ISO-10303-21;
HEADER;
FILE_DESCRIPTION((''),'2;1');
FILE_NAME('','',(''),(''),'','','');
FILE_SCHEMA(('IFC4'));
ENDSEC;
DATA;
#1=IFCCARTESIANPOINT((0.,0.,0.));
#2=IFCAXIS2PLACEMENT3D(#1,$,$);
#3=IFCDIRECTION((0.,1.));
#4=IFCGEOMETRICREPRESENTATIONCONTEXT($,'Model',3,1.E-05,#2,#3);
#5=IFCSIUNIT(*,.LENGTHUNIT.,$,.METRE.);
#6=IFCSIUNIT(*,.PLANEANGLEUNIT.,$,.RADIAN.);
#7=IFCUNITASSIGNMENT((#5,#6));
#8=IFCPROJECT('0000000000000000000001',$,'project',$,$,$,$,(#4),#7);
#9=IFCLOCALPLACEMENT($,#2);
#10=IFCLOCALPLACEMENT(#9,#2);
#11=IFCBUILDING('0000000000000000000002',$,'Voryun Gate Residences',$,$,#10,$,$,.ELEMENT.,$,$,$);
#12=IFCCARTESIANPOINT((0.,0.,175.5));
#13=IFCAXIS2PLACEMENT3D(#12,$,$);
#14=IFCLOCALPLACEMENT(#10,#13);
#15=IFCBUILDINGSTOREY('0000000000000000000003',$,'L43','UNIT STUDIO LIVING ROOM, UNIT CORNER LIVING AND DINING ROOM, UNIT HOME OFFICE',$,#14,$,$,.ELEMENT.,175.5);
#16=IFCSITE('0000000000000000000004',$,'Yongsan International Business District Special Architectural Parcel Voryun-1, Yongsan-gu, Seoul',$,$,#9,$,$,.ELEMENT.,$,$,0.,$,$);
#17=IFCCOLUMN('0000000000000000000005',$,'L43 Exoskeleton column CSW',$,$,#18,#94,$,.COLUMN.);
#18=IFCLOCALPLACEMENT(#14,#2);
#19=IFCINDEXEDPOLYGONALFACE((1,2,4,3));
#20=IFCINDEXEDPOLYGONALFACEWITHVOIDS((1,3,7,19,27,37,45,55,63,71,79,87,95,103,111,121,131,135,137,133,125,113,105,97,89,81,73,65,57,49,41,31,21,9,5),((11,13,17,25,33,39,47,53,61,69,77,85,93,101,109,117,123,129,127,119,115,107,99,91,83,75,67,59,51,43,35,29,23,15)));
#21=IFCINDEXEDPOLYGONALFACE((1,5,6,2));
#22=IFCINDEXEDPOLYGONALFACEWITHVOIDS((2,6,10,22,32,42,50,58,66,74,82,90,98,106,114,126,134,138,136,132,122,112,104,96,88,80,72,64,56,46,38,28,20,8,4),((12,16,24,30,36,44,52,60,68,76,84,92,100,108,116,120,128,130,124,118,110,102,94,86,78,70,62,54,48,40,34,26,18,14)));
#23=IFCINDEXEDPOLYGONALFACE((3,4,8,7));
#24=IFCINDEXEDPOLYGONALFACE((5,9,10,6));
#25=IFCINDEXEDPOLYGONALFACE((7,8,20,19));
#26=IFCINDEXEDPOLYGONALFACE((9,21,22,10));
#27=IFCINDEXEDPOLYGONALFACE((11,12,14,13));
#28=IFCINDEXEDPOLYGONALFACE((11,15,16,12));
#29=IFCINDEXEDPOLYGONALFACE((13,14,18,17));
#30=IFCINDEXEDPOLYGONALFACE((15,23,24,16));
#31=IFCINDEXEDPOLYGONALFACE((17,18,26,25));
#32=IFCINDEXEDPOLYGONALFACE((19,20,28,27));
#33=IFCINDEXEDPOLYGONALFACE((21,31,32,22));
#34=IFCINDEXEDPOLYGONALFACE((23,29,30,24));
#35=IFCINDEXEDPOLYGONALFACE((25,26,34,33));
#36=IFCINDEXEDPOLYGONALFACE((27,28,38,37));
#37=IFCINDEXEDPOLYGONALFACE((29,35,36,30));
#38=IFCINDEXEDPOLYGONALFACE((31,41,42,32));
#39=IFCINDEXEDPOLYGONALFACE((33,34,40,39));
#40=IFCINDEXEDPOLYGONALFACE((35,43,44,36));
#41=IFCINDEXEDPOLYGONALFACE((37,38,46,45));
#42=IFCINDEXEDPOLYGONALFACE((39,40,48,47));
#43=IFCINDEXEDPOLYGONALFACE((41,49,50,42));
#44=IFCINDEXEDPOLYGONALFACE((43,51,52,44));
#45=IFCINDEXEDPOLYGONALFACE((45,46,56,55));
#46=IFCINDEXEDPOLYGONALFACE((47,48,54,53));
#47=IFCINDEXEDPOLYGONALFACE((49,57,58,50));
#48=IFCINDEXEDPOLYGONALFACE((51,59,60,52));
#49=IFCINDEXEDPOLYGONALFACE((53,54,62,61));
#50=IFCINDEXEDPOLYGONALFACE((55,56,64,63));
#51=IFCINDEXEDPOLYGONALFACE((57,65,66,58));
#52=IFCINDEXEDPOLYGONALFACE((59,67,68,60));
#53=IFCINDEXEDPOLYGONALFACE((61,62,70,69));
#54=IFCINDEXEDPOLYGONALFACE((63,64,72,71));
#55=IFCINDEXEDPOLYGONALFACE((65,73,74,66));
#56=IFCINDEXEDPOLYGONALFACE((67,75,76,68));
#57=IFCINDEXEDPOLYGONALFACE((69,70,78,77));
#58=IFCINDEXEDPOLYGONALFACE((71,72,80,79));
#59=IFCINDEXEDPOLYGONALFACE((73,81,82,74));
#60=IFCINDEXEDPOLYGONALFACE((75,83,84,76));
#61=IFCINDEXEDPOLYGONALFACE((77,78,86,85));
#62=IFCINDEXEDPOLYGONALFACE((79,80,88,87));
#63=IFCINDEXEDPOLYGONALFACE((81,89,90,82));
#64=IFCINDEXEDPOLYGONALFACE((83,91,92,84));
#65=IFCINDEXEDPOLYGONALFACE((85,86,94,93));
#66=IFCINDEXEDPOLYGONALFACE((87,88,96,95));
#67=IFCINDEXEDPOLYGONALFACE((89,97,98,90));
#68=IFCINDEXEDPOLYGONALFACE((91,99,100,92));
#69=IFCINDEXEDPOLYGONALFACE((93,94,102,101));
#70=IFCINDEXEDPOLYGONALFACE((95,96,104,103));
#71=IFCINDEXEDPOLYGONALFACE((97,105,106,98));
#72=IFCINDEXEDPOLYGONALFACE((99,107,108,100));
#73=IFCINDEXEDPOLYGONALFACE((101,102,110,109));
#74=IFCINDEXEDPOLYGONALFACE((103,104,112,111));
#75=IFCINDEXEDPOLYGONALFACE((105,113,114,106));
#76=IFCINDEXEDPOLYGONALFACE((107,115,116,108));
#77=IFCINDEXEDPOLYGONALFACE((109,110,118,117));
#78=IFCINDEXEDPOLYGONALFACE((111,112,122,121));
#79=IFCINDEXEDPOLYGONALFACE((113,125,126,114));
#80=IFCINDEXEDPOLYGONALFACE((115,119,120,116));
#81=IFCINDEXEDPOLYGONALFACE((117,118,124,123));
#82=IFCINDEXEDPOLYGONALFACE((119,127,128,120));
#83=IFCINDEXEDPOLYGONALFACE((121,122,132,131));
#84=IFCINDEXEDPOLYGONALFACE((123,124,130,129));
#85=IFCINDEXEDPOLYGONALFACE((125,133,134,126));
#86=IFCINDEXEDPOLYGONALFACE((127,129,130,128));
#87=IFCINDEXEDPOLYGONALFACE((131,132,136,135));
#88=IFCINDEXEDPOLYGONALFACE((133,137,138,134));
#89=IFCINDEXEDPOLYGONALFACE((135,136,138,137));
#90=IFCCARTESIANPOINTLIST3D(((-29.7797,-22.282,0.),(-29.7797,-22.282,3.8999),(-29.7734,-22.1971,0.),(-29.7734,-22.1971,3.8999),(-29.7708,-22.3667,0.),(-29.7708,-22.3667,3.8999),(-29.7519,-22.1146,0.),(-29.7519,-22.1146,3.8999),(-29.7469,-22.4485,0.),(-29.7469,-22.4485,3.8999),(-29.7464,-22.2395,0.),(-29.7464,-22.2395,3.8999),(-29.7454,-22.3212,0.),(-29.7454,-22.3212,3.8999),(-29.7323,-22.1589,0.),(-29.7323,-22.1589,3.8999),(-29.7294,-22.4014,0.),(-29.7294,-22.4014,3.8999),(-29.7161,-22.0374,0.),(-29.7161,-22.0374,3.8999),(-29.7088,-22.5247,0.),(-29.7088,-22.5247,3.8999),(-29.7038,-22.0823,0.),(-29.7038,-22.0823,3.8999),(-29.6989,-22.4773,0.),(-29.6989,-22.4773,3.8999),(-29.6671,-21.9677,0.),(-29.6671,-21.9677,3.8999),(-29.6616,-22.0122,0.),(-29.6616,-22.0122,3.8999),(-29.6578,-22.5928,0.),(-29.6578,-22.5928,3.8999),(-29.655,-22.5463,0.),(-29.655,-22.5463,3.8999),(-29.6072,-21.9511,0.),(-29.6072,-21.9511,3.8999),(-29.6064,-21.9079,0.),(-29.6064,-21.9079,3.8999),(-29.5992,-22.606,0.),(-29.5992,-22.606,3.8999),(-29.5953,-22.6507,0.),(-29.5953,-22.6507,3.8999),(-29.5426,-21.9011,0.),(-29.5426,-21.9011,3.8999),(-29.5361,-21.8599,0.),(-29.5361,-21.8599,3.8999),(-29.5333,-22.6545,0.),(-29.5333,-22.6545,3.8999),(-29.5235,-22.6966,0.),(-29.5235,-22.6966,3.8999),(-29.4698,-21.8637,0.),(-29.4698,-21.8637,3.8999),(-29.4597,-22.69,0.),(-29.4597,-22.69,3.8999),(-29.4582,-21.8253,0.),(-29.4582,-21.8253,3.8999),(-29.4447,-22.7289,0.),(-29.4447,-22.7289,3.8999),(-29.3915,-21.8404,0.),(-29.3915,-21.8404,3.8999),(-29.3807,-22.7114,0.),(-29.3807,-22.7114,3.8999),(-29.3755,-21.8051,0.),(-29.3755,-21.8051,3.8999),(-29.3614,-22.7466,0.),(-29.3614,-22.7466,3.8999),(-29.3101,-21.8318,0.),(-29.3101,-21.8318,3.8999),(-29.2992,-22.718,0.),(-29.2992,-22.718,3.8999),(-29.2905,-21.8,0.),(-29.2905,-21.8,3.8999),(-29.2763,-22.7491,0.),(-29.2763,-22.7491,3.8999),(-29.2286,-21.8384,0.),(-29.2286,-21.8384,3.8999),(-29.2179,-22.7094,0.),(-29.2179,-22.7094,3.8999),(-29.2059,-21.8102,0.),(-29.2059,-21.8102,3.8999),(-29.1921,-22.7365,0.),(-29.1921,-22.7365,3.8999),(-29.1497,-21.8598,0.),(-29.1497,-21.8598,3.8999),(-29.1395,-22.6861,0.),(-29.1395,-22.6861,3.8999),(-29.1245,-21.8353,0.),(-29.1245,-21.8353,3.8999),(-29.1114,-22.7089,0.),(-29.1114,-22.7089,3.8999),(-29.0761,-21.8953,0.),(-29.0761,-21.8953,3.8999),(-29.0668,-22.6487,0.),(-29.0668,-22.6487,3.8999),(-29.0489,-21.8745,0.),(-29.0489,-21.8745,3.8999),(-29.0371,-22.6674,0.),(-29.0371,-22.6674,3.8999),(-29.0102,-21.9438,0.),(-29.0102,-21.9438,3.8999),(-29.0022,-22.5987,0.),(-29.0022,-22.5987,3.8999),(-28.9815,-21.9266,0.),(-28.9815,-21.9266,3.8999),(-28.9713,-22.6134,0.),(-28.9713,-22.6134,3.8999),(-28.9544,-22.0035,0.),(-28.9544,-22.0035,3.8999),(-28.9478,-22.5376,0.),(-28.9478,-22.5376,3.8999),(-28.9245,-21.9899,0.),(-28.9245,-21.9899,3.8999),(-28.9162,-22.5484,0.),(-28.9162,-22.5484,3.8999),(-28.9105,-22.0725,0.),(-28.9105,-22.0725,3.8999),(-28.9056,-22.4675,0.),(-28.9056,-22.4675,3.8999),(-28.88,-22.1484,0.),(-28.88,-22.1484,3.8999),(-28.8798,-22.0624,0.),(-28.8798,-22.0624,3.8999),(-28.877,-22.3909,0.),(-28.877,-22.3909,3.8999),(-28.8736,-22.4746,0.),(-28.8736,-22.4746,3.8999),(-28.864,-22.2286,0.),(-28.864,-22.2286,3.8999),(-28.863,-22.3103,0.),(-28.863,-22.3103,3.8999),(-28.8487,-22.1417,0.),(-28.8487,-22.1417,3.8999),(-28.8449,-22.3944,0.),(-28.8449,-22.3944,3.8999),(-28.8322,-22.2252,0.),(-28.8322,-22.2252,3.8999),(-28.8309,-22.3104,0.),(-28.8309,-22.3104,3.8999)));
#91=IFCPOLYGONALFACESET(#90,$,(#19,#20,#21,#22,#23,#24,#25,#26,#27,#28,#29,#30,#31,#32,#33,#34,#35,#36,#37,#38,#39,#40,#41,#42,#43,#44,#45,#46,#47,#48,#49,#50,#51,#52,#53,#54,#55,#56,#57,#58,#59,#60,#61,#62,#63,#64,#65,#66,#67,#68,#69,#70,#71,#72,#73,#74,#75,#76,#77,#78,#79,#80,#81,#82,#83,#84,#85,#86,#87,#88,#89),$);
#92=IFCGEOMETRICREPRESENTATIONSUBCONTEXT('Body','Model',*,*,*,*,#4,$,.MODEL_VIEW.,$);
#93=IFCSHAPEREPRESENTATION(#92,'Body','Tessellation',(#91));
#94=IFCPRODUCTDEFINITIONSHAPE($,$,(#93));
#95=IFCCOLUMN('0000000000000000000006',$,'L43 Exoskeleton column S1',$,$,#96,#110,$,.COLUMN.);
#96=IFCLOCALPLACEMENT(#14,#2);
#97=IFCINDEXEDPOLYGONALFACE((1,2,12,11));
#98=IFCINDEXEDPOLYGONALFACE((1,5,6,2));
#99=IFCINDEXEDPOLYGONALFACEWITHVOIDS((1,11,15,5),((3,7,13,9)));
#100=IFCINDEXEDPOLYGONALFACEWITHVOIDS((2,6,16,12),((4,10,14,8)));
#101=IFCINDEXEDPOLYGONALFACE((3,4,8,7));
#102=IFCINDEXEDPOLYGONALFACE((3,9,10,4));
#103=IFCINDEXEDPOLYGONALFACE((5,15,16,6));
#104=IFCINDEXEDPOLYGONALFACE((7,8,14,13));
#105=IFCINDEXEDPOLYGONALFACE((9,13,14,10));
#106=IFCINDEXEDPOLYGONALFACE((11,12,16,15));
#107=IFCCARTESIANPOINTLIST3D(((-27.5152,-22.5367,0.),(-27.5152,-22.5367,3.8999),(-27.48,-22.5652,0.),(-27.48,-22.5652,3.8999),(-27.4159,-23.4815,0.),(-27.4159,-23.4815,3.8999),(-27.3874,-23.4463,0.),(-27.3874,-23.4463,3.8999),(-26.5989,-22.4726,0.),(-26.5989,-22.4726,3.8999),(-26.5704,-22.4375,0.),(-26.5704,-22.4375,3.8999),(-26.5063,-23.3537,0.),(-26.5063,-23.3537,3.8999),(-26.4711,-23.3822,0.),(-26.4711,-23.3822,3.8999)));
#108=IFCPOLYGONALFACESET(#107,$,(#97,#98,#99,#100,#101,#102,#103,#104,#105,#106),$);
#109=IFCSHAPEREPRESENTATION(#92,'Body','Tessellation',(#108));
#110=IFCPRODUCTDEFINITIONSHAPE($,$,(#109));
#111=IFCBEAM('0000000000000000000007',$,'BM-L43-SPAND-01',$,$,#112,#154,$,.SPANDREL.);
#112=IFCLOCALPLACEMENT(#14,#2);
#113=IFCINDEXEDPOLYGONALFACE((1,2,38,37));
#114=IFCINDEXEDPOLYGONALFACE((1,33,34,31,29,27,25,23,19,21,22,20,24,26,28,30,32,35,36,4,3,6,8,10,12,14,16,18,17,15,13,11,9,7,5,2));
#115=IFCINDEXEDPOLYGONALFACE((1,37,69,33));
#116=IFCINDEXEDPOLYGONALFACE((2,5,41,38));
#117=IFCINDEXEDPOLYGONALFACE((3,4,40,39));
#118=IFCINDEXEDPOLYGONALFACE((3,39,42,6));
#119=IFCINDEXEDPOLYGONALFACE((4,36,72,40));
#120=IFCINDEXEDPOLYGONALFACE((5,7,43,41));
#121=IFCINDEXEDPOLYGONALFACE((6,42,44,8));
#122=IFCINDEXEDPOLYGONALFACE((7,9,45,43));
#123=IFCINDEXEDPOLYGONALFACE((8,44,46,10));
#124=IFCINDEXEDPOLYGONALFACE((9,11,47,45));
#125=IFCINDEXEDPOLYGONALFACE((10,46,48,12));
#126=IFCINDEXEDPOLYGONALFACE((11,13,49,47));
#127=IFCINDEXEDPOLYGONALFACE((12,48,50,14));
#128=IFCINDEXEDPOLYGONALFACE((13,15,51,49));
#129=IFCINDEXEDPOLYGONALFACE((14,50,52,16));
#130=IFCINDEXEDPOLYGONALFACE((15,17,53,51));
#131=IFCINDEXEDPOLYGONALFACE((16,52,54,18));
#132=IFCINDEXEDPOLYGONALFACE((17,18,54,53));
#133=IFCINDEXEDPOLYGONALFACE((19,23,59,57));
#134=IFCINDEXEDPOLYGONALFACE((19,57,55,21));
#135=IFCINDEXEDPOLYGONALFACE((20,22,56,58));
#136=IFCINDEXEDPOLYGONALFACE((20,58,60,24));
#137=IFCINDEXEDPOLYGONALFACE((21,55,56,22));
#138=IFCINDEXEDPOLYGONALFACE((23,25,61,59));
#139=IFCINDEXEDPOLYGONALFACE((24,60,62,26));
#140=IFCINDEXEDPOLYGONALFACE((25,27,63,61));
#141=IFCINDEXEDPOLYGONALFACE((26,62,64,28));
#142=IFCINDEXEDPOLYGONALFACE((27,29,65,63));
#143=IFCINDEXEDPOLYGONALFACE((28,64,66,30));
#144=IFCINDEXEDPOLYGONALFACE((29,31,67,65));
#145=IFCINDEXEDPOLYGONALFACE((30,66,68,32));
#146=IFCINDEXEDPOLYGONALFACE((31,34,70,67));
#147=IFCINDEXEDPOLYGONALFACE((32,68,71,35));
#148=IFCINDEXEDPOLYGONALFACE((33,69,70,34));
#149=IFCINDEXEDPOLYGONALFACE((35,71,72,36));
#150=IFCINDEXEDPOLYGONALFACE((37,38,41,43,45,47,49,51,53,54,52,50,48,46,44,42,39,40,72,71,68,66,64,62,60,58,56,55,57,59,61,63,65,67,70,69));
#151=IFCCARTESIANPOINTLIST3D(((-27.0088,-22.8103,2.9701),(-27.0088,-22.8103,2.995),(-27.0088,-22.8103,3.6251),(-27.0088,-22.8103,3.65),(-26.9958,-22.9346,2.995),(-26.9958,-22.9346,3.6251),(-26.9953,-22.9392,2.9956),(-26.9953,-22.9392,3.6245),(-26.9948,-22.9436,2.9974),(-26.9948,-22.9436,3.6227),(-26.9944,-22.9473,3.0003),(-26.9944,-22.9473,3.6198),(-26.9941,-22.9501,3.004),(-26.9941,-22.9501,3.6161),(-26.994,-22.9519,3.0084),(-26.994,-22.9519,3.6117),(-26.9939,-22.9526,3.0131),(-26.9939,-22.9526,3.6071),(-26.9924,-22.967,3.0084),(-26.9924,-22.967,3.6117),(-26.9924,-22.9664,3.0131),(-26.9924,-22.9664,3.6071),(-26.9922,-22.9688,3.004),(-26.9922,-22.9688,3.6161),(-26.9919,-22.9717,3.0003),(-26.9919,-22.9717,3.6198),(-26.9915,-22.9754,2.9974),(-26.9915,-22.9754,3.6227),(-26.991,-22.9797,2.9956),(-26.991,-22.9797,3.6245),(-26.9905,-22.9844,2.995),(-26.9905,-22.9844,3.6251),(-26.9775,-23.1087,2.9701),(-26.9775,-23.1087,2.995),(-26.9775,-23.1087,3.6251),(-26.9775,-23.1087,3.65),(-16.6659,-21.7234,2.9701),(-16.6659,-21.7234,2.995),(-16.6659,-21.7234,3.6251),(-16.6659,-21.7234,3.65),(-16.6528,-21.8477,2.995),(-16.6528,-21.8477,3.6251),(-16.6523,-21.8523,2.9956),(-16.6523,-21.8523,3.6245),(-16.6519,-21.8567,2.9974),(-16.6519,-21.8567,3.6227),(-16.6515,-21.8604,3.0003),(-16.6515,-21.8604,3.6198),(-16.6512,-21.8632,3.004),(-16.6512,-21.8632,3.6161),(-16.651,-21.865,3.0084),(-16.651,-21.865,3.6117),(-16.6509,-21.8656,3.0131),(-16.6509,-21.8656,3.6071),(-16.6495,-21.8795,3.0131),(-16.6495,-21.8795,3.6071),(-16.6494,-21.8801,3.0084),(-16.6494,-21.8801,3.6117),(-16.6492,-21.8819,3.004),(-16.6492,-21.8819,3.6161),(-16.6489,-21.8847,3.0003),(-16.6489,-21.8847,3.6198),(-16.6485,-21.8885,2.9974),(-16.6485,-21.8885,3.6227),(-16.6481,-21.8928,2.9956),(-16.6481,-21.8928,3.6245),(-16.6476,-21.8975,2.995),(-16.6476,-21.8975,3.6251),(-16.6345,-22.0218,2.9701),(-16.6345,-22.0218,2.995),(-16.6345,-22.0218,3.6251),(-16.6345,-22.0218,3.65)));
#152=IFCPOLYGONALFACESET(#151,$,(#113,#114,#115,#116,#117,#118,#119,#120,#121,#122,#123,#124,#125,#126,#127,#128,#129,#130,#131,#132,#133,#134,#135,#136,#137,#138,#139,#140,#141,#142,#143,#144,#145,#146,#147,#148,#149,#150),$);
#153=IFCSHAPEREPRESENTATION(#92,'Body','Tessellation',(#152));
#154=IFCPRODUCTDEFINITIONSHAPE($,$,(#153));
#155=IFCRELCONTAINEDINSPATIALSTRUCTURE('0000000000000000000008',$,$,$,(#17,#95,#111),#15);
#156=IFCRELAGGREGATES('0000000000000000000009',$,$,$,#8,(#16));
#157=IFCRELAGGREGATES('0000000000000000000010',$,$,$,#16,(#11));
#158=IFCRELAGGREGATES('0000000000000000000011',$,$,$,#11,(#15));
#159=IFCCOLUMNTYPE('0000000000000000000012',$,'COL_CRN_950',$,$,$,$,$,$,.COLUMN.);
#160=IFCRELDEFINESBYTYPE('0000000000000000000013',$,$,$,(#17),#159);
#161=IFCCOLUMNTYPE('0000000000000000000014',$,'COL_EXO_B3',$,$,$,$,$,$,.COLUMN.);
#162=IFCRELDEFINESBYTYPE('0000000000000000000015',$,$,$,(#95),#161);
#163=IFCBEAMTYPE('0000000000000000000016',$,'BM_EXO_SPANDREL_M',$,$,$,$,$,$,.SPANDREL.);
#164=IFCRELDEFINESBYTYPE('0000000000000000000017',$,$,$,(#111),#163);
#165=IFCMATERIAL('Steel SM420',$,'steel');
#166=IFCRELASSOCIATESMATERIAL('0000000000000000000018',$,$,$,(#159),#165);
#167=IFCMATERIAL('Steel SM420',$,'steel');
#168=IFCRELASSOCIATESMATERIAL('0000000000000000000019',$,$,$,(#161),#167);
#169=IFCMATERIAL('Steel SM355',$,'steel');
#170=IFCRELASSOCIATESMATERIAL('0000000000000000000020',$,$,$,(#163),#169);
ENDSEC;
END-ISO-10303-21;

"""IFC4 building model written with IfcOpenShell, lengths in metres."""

from ifc_helpers import new_model, si_unit, direction, frame, origin, origin_2d, place, context, subcontext, project, spatial, hollow_rectangle, hollow_circle, i_section, extrude, material, material_profile, profile_set, type_object, element, save


model = new_model("IFC4")

# Units and contexts
model_context = context("Model", 3, precision=1e-05, world=origin(), true_north=direction((0.0, 1.0)))
body_context = subcontext(model_context, "Body", "Model", "MODEL_VIEW")
ifc_project = project(units=[si_unit("LENGTHUNIT", "METRE"), si_unit("PLANEANGLEUNIT", "RADIAN")], contexts=[model_context])

# Site, building, storey
site_placement = place(None, origin())
site = spatial("IfcSite", under=ifc_project, at=site_placement, Name="Yongsan International Business District Special Architectural Parcel Voryun-1, Yongsan-gu, Seoul", CompositionType="ELEMENT", RefElevation=0.0)
building_placement = place(site_placement, origin())
building = spatial("IfcBuilding", under=site, at=building_placement, Name="Voryun Gate Residences", CompositionType="ELEMENT")
storey_placement = place(building_placement, frame((0.0, 0.0, 175.5)))
storey = spatial("IfcBuildingStorey", under=building, at=storey_placement, Name="L43", Description="UNIT STUDIO LIVING ROOM, UNIT CORNER LIVING AND DINING ROOM, UNIT HOME OFFICE", CompositionType="ELEMENT", Elevation=175.5)

# Columns
ifc_material_1 = material(Name="Steel SM420", Category="steel")
ifc_material_profile_1 = material_profile(ifc_material_1, hollow_circle(Radius=0.4751, WallThickness=0.032, at=origin_2d()), Name="CHS-950x32")
ifc_profile_set_1 = profile_set([ifc_material_profile_1], Name="Steel SM420")
column_type_1 = type_object("IfcColumnType", Name="COL_CRN_950", PredefinedType="COLUMN", material=ifc_profile_set_1)
column_1_placement = place(storey_placement, frame((-29.3047, -22.2749, 0.0), z_axis=(0.0, 0.0, 1.0), x_axis=(0.994522, 0.104528, 0.0)))
element("IfcColumn", 1, at=column_1_placement, inside=storey, type_object=column_type_1, Name="L43 Exoskeleton column CSW", PredefinedType="COLUMN", context=body_context, shape_type="SweptSolid", body=[
    extrude(hollow_circle(Radius=0.4751, WallThickness=0.032, at=origin_2d()), origin(), (0.0, 0.0, 1.0), 3.8999),
])
ifc_material_2 = material(Name="Steel SM420", Category="steel")
ifc_material_profile_2 = material_profile(ifc_material_2, hollow_rectangle(XDim=0.95, YDim=0.95, WallThickness=0.032, at=origin_2d()), Name="BOX-950x950x32")
ifc_profile_set_2 = profile_set([ifc_material_profile_2], Name="Steel SM420")
column_type_2 = type_object("IfcColumnType", Name="COL_EXO_B3", PredefinedType="COLUMN", material=ifc_profile_set_2)
column_2_placement = place(storey_placement, frame((-26.9932, -22.9595, 0.0), z_axis=(0.0, 0.0, 1.0), x_axis=(0.994522, 0.104528, 0.0)))
element("IfcColumn", 2, at=column_2_placement, inside=storey, type_object=column_type_2, Name="L43 Exoskeleton column S1", PredefinedType="COLUMN", context=body_context, shape_type="SweptSolid", body=[
    extrude(hollow_rectangle(XDim=0.95, YDim=0.95, WallThickness=0.032, at=origin_2d()), origin(), (0.0, 0.0, 1.0), 3.8999),
])

# Beam
ifc_material_3 = material(Name="Steel SM355", Category="steel")
ifc_material_profile_3 = material_profile(ifc_material_3, i_section(OverallWidth=0.3, OverallDepth=0.6799, WebThickness=0.0139, FlangeThickness=0.0249, FilletRadius=0.0181, at=origin_2d()), Name="H-680x300x14x25")
ifc_profile_set_3 = profile_set([ifc_material_profile_3], Name="Steel SM355")
beam_type = type_object("IfcBeamType", Name="BM_EXO_SPANDREL_M", PredefinedType="SPANDREL", material=ifc_profile_set_3)
beam_1_placement = place(storey_placement, frame((-26.9932, -22.9595, 3.3101), z_axis=(0.994524, 0.104511, 0.0), x_axis=(-0.104511, 0.994524, 0.0)))
element("IfcBeam", 3, at=beam_1_placement, inside=storey, type_object=beam_type, Name="BM-L43-SPAND-01", PredefinedType="SPANDREL", context=body_context, shape_type="SweptSolid", body=[
    extrude(i_section(OverallWidth=0.3, OverallDepth=0.6799, WebThickness=0.0139, FlangeThickness=0.0249, FilletRadius=0.0181, at=origin_2d()), origin(), (0.0, 0.0, 1.0), 10.3999),
])

save(model, "model.ifc")
